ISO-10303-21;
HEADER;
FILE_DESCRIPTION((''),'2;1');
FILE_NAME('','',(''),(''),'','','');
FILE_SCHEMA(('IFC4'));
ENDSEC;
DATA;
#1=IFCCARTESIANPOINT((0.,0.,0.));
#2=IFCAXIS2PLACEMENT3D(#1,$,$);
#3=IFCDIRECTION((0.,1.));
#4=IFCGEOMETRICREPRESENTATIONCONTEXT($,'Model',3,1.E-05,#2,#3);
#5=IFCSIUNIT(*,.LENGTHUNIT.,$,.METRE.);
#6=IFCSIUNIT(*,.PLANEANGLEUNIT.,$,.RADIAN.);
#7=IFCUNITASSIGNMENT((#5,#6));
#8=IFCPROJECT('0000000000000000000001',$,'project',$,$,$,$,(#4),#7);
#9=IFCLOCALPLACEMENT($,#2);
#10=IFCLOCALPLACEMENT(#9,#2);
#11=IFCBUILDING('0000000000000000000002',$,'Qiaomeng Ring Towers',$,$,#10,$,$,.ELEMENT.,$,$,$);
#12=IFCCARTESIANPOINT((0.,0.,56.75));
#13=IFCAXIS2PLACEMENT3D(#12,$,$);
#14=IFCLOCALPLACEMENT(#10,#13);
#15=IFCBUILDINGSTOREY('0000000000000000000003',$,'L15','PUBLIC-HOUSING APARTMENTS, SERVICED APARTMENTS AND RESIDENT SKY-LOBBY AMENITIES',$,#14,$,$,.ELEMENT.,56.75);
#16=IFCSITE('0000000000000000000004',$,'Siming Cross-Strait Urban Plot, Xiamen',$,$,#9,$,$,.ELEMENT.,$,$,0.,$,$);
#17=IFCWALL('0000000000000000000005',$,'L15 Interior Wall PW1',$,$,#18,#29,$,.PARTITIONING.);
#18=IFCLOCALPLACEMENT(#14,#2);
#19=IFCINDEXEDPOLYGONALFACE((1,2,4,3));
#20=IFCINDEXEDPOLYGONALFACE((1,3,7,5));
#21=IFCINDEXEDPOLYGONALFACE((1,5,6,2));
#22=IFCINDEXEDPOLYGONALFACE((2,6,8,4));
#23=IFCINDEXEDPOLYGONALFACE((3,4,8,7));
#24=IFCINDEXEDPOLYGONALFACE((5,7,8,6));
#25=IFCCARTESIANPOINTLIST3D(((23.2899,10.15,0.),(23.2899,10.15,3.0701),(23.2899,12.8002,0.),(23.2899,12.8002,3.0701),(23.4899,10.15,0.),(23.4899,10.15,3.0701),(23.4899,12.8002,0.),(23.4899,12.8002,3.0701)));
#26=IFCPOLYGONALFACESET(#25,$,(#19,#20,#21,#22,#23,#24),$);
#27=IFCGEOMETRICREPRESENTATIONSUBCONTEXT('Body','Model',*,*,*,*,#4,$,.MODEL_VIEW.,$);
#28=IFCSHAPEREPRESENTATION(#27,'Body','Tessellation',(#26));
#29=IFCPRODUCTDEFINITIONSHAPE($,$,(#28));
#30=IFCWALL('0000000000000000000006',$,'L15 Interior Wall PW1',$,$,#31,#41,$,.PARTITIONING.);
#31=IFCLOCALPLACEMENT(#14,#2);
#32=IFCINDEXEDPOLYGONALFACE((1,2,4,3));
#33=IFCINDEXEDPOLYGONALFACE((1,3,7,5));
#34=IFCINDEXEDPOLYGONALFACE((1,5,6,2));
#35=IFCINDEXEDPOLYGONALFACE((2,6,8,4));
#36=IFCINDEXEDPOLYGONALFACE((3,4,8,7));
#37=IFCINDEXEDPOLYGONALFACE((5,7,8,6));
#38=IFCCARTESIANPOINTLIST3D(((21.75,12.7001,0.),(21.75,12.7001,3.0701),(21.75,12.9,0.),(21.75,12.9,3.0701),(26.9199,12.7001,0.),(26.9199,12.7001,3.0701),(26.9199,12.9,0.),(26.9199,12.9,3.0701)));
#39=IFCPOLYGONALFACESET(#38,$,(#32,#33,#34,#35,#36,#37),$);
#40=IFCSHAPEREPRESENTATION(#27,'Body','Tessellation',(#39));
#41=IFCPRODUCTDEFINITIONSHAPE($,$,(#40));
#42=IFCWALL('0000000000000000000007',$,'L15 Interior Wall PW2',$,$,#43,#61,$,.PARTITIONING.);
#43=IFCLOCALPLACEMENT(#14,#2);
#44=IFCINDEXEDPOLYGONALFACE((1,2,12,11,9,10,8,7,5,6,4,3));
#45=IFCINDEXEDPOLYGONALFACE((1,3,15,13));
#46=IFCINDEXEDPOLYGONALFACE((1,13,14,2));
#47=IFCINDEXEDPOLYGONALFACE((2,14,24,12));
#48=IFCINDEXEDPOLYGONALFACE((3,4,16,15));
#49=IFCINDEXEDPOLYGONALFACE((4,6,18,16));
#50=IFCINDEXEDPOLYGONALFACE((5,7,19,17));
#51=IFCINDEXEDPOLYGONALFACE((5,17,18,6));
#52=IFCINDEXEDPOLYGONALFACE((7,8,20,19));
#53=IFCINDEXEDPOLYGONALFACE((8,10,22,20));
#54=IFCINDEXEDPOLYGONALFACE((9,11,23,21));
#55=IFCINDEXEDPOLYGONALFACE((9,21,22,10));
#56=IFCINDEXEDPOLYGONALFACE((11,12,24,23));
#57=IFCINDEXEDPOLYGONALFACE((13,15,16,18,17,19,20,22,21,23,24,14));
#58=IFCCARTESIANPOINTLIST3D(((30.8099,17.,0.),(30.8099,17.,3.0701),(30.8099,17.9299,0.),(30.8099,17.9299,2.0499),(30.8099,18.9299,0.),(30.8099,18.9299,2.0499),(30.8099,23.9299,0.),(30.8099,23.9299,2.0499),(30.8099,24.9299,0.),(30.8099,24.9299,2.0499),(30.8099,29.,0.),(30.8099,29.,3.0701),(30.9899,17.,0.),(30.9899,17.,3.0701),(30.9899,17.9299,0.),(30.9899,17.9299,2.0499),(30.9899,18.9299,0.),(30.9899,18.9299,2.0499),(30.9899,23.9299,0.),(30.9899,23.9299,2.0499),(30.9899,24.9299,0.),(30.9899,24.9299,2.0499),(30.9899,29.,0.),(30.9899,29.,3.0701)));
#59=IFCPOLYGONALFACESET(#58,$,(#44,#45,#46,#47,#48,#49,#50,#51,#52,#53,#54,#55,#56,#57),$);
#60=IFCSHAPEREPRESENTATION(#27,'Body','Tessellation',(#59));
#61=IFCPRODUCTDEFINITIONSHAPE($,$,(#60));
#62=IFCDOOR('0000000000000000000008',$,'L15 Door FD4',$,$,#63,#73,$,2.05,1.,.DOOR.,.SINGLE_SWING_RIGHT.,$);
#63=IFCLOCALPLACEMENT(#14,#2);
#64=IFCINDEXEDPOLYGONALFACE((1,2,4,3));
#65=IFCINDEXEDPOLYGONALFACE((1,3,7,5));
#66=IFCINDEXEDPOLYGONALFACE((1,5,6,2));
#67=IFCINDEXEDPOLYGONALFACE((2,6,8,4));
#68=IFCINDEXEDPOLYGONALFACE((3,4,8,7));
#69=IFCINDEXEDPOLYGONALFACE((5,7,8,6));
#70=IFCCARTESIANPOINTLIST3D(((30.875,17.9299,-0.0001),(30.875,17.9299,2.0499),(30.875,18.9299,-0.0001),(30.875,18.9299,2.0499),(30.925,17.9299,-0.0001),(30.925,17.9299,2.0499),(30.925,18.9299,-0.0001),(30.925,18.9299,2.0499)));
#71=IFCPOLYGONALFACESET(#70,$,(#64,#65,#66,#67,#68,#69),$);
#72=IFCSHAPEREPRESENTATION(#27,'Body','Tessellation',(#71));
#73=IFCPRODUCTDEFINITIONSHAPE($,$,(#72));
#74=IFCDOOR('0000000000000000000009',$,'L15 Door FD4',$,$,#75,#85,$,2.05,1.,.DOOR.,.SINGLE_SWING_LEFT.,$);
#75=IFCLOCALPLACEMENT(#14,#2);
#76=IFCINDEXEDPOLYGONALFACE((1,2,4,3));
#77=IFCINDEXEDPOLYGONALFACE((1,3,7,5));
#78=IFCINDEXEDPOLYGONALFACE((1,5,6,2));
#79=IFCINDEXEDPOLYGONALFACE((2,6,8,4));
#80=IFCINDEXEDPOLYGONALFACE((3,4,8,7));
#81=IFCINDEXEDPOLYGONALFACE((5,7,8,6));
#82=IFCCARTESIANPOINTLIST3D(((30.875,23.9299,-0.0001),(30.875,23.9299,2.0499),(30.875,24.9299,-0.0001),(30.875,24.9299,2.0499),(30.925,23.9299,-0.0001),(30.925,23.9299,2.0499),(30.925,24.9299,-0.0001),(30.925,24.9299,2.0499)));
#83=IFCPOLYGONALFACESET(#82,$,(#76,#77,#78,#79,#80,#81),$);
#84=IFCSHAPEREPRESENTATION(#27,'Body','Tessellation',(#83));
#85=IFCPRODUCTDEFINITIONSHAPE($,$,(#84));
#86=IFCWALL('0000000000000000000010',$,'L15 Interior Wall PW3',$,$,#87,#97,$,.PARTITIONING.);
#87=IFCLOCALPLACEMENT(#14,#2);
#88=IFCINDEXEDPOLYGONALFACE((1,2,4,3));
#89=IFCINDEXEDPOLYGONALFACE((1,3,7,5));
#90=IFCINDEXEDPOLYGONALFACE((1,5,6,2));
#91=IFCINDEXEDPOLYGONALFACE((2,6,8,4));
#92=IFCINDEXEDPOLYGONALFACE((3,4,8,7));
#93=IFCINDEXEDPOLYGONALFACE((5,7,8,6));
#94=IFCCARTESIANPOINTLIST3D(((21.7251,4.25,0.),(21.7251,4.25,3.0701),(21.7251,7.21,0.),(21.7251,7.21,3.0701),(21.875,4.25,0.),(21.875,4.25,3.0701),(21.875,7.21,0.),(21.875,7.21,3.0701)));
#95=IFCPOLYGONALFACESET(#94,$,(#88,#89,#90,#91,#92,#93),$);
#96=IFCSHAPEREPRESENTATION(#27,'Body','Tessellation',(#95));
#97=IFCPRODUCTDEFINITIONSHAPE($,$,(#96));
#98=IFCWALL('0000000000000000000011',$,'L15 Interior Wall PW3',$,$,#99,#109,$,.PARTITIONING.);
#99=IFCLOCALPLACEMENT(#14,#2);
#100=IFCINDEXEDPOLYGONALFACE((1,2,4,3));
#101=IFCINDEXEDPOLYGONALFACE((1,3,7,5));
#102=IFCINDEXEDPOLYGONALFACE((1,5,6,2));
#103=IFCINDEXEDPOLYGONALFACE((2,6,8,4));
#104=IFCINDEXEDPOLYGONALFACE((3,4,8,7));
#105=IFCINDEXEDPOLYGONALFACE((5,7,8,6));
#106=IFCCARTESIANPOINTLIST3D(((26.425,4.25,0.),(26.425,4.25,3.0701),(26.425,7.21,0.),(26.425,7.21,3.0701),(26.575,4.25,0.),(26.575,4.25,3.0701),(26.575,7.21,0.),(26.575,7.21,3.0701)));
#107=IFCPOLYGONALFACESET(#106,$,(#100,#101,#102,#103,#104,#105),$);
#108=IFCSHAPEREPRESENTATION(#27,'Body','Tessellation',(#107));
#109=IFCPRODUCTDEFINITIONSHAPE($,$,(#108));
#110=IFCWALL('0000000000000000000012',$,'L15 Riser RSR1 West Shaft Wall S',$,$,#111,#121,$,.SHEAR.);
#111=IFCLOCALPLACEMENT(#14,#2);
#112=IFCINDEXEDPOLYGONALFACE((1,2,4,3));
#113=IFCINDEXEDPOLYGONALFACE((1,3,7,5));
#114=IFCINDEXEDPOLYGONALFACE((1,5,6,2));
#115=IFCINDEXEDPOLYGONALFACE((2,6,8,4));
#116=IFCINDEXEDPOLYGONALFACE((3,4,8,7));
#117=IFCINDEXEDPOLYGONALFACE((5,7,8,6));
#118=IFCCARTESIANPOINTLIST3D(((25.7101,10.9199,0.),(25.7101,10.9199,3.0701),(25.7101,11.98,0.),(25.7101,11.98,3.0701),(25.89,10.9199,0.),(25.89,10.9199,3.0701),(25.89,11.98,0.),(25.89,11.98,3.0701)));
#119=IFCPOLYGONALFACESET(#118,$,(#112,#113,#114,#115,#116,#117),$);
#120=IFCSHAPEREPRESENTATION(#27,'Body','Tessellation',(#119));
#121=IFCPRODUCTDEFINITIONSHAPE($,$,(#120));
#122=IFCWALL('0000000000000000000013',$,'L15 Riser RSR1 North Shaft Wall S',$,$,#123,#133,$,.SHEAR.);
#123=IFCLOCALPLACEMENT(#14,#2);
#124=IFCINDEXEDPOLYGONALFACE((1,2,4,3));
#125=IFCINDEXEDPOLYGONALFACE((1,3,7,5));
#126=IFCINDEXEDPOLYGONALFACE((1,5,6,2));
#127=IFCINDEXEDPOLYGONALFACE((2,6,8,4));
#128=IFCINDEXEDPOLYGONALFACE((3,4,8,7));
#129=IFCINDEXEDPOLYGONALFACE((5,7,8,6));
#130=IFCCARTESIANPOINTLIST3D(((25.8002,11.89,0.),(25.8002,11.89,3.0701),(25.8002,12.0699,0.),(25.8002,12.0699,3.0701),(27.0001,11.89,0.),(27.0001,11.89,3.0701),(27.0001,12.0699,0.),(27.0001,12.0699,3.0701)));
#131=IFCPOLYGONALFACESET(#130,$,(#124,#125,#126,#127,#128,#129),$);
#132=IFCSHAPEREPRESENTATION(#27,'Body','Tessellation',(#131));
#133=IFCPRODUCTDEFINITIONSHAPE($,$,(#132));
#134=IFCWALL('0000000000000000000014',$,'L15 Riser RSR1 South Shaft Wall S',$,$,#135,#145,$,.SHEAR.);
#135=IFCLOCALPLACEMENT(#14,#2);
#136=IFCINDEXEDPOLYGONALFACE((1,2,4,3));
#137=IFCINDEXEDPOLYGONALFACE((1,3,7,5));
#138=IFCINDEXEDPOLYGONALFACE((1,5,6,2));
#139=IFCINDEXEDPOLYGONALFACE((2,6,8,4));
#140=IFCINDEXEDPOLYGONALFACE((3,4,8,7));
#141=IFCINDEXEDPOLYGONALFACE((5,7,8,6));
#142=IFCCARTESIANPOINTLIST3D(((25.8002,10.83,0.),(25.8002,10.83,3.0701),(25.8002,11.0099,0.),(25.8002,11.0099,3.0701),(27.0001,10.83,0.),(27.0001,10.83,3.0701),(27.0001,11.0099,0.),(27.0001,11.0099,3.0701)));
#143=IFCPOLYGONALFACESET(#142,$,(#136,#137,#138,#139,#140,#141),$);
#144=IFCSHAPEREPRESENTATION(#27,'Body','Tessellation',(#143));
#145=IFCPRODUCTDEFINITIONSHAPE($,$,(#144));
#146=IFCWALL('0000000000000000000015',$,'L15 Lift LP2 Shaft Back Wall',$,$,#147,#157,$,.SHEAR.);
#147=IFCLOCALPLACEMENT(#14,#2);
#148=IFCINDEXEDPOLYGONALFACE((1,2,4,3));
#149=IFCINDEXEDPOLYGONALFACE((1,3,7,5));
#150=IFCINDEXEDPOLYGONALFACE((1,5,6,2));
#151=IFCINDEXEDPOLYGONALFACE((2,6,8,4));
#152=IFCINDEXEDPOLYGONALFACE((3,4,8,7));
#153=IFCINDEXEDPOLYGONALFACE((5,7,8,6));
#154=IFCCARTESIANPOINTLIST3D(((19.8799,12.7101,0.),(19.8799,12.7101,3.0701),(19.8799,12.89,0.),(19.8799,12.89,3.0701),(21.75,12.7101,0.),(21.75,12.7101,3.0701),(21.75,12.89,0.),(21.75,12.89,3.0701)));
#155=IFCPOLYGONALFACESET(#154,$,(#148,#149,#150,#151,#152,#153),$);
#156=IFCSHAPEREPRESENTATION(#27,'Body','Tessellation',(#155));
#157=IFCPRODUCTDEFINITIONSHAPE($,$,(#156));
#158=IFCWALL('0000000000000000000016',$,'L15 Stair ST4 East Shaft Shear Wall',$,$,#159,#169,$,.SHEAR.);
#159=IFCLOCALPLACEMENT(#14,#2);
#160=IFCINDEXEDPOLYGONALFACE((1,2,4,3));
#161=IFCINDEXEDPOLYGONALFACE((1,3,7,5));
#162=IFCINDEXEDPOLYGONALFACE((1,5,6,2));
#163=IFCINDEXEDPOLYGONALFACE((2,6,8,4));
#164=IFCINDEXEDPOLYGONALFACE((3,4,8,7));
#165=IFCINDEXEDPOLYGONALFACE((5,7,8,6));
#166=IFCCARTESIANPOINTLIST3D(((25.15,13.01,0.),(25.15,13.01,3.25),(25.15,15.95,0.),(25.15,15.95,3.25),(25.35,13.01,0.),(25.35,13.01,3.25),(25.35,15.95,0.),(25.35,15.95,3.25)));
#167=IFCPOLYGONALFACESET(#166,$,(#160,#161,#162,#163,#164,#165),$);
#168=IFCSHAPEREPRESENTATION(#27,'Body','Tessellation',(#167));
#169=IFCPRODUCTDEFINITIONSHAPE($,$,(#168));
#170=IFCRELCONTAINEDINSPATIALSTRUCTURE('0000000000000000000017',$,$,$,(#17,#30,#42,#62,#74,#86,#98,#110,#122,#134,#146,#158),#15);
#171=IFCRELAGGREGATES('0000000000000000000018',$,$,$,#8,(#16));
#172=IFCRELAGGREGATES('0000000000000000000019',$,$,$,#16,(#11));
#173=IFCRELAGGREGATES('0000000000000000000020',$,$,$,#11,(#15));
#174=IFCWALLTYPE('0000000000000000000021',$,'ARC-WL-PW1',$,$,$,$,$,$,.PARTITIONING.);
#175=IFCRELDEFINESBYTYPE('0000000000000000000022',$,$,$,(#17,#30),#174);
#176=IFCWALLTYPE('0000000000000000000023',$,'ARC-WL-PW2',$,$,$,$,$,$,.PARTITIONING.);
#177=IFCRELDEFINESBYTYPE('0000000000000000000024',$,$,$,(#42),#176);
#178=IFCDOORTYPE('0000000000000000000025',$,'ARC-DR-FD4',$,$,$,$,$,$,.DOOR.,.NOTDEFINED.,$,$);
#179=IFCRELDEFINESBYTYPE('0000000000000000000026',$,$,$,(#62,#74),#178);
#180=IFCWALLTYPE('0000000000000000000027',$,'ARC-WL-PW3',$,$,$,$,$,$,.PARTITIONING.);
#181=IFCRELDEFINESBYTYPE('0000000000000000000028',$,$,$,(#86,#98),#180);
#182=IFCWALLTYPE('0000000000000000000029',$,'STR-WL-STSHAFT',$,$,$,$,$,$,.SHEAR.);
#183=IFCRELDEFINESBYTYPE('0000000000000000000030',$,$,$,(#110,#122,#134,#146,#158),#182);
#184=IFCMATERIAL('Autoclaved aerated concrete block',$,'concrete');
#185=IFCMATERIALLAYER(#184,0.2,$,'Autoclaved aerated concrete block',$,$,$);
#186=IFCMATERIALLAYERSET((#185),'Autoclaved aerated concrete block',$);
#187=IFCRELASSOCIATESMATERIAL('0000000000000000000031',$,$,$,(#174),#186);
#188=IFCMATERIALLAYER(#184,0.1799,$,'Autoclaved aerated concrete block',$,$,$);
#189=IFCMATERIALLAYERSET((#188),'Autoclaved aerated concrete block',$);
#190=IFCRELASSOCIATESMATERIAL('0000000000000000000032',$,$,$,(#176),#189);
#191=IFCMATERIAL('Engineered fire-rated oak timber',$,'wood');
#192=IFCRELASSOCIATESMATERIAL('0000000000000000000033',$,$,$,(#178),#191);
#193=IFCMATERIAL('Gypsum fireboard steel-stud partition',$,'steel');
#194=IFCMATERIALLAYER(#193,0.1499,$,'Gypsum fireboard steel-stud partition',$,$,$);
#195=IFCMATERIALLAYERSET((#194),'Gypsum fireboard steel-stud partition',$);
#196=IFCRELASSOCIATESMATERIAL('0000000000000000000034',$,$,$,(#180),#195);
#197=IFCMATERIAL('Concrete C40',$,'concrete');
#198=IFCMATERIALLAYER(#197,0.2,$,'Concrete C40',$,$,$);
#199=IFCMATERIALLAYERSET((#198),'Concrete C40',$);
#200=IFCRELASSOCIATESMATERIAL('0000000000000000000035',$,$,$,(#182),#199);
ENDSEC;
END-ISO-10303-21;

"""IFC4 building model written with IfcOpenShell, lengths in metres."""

from ifc_helpers import new_model, si_unit, direction, frame, frame_2d, origin, place, context, subcontext, project, spatial, rectangle, extrude, source, transform, mapped, material, layer, layer_set, type_object, element, fill, save


model = new_model("IFC4")

# Units and contexts
model_context = context("Model", 3, precision=1e-05, world=origin(), true_north=direction((0.0, 1.0)))
body_context = subcontext(model_context, "Body", "Model", "MODEL_VIEW")
ifc_project = project(units=[si_unit("LENGTHUNIT", "METRE"), si_unit("PLANEANGLEUNIT", "RADIAN")], contexts=[model_context])

# Site, building, storey
site_placement = place(None, origin())
site = spatial("IfcSite", under=ifc_project, at=site_placement, Name="Siming Cross-Strait Urban Plot, Xiamen", CompositionType="ELEMENT", RefElevation=0.0)
building_placement = place(site_placement, origin())
building = spatial("IfcBuilding", under=site, at=building_placement, Name="Qiaomeng Ring Towers", CompositionType="ELEMENT")
storey_placement = place(building_placement, frame((0.0, 0.0, 56.75)))
storey = spatial("IfcBuildingStorey", under=building, at=storey_placement, Name="L15", Description="PUBLIC-HOUSING APARTMENTS, SERVICED APARTMENTS AND RESIDENT SKY-LOBBY AMENITIES", CompositionType="ELEMENT", Elevation=56.75)

# Shared definitions
ifc_material_1 = material(Name="Autoclaved aerated concrete block", Category="concrete")
ifc_layer_1 = layer(ifc_material_1, 0.2, Name="Autoclaved aerated concrete block")
ifc_layer_set_1 = layer_set([ifc_layer_1], Name="Autoclaved aerated concrete block")
wall_type_1 = type_object("IfcWallType", Name="ARC-WL-PW1", PredefinedType="PARTITIONING", material=ifc_layer_set_1)

# Walls
wall_1_placement = place(storey_placement, frame((23.3899, 10.1499, 0.0), z_axis=(0.0, 0.0, 1.0), x_axis=(0.0, 1.0, 0.0)))
element("IfcWall", 1, at=wall_1_placement, inside=storey, type_object=wall_type_1, Name="L15 Interior Wall PW1", PredefinedType="PARTITIONING", context=body_context, shape_type="SweptSolid", body=[
    extrude(rectangle(XDim=2.6501, YDim=0.2, at=frame_2d((1.3252, 0.0))), origin(), (0.0, 0.0, 1.0), 3.0701),
])
wall_2_placement = place(storey_placement, frame((21.75, 12.8, 0.0), z_axis=(0.0, 0.0, 1.0), x_axis=(1.0, 0.0, 0.0)))
element("IfcWall", 2, at=wall_2_placement, inside=storey, type_object=wall_type_1, Name="L15 Interior Wall PW1", PredefinedType="PARTITIONING", context=body_context, shape_type="SweptSolid", body=[
    extrude(rectangle(XDim=5.1699, YDim=0.2, at=frame_2d((2.585, 0.0))), origin(), (0.0, 0.0, 1.0), 3.0701),
])

# Wall, openings, doors
ifc_layer_2 = layer(ifc_material_1, 0.1799, Name="Autoclaved aerated concrete block")
ifc_layer_set_2 = layer_set([ifc_layer_2], Name="Autoclaved aerated concrete block")
wall_type_2 = type_object("IfcWallType", Name="ARC-WL-PW2", PredefinedType="PARTITIONING", material=ifc_layer_set_2)
wall_3_placement = place(storey_placement, frame((30.8999, 17.0, 0.0), z_axis=(0.0, 0.0, 1.0), x_axis=(0.0, 1.0, 0.0)))
wall_3 = element("IfcWall", 3, at=wall_3_placement, inside=storey, type_object=wall_type_2, Name="L15 Interior Wall PW2", PredefinedType="PARTITIONING", context=body_context, shape_type="SweptSolid", body=[
    extrude(rectangle(XDim=12.0, YDim=0.1799, at=frame_2d((6.0, 0.0))), origin(), (0.0, 0.0, 1.0), 3.0701),
])
opening_1_placement = place(wall_3_placement, frame((0.9299, 0.0, 0.0)))
opening_1 = element("IfcOpeningElement", 4, at=opening_1_placement, cuts=wall_3, PredefinedType="OPENING", context=body_context, shape_type="SweptSolid", body=[
    extrude(rectangle(XDim=1.0, YDim=2.05, at=frame_2d((0.5, 1.0249))), frame((0.0, 0.0999, 0.0), z_axis=(0.0, -1.0, 0.0), x_axis=(1.0, 0.0, 0.0)), (0.0, 0.0, 1.0), 0.2),
])
opening_2_placement = place(wall_3_placement, frame((6.9299, 0.0, 0.0)))
opening_2 = element("IfcOpeningElement", 5, at=opening_2_placement, cuts=wall_3, PredefinedType="OPENING", context=body_context, shape_type="SweptSolid", body=[
    extrude(rectangle(XDim=1.0, YDim=2.05, at=frame_2d((0.5, 1.0249))), frame((0.0, 0.0999, 0.0), z_axis=(0.0, -1.0, 0.0), x_axis=(1.0, 0.0, 0.0)), (0.0, 0.0, 1.0), 0.2),
])
ifc_material_2 = material(Name="Engineered fire-rated oak timber", Category="wood")
door_type_1 = type_object("IfcDoorType", Name="ARC-DR-FD4", OperationType="NOTDEFINED", PredefinedType="DOOR", material=ifc_material_2)
shared_shape_1 = source(origin(), body_context, "Body", "SweptSolid", [
    extrude(rectangle(XDim=1.0, YDim=2.05, at=frame_2d((0.5, 1.0249))), frame((0.0, 0.0249, 0.0), z_axis=(0.0, -1.0, 0.0), x_axis=(1.0, 0.0, 0.0)), (0.0, 0.0, 1.0), 0.05),
])
door_1_placement = place(opening_1_placement, origin())
door_1 = element("IfcDoor", 6, at=door_1_placement, inside=storey, type_object=door_type_1, Name="L15 Door FD4", OperationType="SINGLE_SWING_RIGHT", OverallHeight=2.05, OverallWidth=1.0, PredefinedType="DOOR", context=body_context, shape_type="MappedRepresentation", body=[
    mapped(shared_shape_1, transform((0.0, 0.0, 0.0), x_axis=(1.0, 0.0, 0.0), y_axis=(0.0, 1.0, 0.0), z_axis=(0.0, 0.0, 1.0), scale=1.0)),
])
fill(opening_1, door_1)
door_2_placement = place(opening_2_placement, origin())
door_2 = element("IfcDoor", 7, at=door_2_placement, inside=storey, type_object=door_type_1, Name="L15 Door FD4", OperationType="SINGLE_SWING_LEFT", OverallHeight=2.05, OverallWidth=1.0, PredefinedType="DOOR", context=body_context, shape_type="MappedRepresentation", body=[
    mapped(shared_shape_1, transform((0.0, 0.0, 0.0), x_axis=(1.0, 0.0, 0.0), y_axis=(0.0, 1.0, 0.0), z_axis=(0.0, 0.0, 1.0), scale=1.0)),
])
fill(opening_2, door_2)

# Walls
ifc_material_3 = material(Name="Gypsum fireboard steel-stud partition", Category="steel")
ifc_layer_3 = layer(ifc_material_3, 0.1499, Name="Gypsum fireboard steel-stud partition")
ifc_layer_set_3 = layer_set([ifc_layer_3], Name="Gypsum fireboard steel-stud partition")
wall_type_3 = type_object("IfcWallType", Name="ARC-WL-PW3", PredefinedType="PARTITIONING", material=ifc_layer_set_3)
for number, where, z_axis, x_axis, name in (
    (8, (21.8, 4.25, 0.0), (0.0, 0.0, 1.0), (0.0, 1.0, 0.0), "L15 Interior Wall PW3"),
    (9, (26.5, 4.25, 0.0), (0.0, 0.0, 1.0), (0.0, 1.0, 0.0), "L15 Interior Wall PW3"),
):
    element("IfcWall", number, at=place(storey_placement, frame(where, z_axis=z_axis, x_axis=x_axis)), inside=storey, type_object=wall_type_3, Name=name, PredefinedType="PARTITIONING", context=body_context, shape_type="SweptSolid", body=[
        extrude(rectangle(XDim=2.96, YDim=0.1499, at=frame_2d((1.48, 0.0))), origin(), (0.0, 0.0, 1.0), 3.0701),
    ])
ifc_material_4 = material(Name="Concrete C40", Category="concrete")
ifc_layer_4 = layer(ifc_material_4, 0.2, Name="Concrete C40")
ifc_layer_set_4 = layer_set([ifc_layer_4], Name="Concrete C40")
wall_type_4 = type_object("IfcWallType", Name="STR-WL-STSHAFT", PredefinedType="SHEAR", material=ifc_layer_set_4)
wall_4_placement = place(storey_placement, frame((25.8, 10.9199, 0.0), z_axis=(0.0, 0.0, 1.0), x_axis=(0.0, 1.0, 0.0)))
element("IfcWall", 10, at=wall_4_placement, inside=storey, type_object=wall_type_4, Name="L15 Riser RSR1 West Shaft Wall S", PredefinedType="SHEAR", context=body_context, shape_type="SweptSolid", body=[
    extrude(rectangle(XDim=1.0601, YDim=0.1799, at=frame_2d((0.53, 0.0))), origin(), (0.0, 0.0, 1.0), 3.0701),
])
for number, where, z_axis, x_axis, name in (
    (11, (25.8, 11.98, 0.0), (0.0, 0.0, 1.0), (1.0, 0.0, 0.0), "L15 Riser RSR1 North Shaft Wall S"),
    (12, (25.8, 10.9199, 0.0), (0.0, 0.0, 1.0), (1.0, 0.0, 0.0), "L15 Riser RSR1 South Shaft Wall S"),
):
    element("IfcWall", number, at=place(storey_placement, frame(where, z_axis=z_axis, x_axis=x_axis)), inside=storey, type_object=wall_type_4, Name=name, PredefinedType="SHEAR", context=body_context, shape_type="SweptSolid", body=[
        extrude(rectangle(XDim=1.2, YDim=0.1799, at=frame_2d((0.6001, 0.0))), origin(), (0.0, 0.0, 1.0), 3.0701),
    ])
wall_5_placement = place(storey_placement, frame((19.8799, 12.8, 0.0), z_axis=(0.0, 0.0, 1.0), x_axis=(1.0, 0.0, 0.0)))
element("IfcWall", 13, at=wall_5_placement, inside=storey, type_object=wall_type_4, Name="L15 Lift LP2 Shaft Back Wall", PredefinedType="SHEAR", context=body_context, shape_type="SweptSolid", body=[
    extrude(rectangle(XDim=1.8701, YDim=0.1799, at=frame_2d((0.9351, 0.0))), origin(), (0.0, 0.0, 1.0), 3.0701),
])
wall_6_placement = place(storey_placement, frame((25.25, 13.01, 0.0), z_axis=(0.0, 0.0, 1.0), x_axis=(0.0, 1.0, 0.0)))
element("IfcWall", 14, at=wall_6_placement, inside=storey, type_object=wall_type_4, Name="L15 Stair ST4 East Shaft Shear Wall", PredefinedType="SHEAR", context=body_context, shape_type="SweptSolid", body=[
    extrude(rectangle(XDim=2.9399, YDim=0.2, at=frame_2d((1.47, 0.0))), origin(), (0.0, 0.0, 1.0), 3.25),
])

save(model, "model.ifc")
